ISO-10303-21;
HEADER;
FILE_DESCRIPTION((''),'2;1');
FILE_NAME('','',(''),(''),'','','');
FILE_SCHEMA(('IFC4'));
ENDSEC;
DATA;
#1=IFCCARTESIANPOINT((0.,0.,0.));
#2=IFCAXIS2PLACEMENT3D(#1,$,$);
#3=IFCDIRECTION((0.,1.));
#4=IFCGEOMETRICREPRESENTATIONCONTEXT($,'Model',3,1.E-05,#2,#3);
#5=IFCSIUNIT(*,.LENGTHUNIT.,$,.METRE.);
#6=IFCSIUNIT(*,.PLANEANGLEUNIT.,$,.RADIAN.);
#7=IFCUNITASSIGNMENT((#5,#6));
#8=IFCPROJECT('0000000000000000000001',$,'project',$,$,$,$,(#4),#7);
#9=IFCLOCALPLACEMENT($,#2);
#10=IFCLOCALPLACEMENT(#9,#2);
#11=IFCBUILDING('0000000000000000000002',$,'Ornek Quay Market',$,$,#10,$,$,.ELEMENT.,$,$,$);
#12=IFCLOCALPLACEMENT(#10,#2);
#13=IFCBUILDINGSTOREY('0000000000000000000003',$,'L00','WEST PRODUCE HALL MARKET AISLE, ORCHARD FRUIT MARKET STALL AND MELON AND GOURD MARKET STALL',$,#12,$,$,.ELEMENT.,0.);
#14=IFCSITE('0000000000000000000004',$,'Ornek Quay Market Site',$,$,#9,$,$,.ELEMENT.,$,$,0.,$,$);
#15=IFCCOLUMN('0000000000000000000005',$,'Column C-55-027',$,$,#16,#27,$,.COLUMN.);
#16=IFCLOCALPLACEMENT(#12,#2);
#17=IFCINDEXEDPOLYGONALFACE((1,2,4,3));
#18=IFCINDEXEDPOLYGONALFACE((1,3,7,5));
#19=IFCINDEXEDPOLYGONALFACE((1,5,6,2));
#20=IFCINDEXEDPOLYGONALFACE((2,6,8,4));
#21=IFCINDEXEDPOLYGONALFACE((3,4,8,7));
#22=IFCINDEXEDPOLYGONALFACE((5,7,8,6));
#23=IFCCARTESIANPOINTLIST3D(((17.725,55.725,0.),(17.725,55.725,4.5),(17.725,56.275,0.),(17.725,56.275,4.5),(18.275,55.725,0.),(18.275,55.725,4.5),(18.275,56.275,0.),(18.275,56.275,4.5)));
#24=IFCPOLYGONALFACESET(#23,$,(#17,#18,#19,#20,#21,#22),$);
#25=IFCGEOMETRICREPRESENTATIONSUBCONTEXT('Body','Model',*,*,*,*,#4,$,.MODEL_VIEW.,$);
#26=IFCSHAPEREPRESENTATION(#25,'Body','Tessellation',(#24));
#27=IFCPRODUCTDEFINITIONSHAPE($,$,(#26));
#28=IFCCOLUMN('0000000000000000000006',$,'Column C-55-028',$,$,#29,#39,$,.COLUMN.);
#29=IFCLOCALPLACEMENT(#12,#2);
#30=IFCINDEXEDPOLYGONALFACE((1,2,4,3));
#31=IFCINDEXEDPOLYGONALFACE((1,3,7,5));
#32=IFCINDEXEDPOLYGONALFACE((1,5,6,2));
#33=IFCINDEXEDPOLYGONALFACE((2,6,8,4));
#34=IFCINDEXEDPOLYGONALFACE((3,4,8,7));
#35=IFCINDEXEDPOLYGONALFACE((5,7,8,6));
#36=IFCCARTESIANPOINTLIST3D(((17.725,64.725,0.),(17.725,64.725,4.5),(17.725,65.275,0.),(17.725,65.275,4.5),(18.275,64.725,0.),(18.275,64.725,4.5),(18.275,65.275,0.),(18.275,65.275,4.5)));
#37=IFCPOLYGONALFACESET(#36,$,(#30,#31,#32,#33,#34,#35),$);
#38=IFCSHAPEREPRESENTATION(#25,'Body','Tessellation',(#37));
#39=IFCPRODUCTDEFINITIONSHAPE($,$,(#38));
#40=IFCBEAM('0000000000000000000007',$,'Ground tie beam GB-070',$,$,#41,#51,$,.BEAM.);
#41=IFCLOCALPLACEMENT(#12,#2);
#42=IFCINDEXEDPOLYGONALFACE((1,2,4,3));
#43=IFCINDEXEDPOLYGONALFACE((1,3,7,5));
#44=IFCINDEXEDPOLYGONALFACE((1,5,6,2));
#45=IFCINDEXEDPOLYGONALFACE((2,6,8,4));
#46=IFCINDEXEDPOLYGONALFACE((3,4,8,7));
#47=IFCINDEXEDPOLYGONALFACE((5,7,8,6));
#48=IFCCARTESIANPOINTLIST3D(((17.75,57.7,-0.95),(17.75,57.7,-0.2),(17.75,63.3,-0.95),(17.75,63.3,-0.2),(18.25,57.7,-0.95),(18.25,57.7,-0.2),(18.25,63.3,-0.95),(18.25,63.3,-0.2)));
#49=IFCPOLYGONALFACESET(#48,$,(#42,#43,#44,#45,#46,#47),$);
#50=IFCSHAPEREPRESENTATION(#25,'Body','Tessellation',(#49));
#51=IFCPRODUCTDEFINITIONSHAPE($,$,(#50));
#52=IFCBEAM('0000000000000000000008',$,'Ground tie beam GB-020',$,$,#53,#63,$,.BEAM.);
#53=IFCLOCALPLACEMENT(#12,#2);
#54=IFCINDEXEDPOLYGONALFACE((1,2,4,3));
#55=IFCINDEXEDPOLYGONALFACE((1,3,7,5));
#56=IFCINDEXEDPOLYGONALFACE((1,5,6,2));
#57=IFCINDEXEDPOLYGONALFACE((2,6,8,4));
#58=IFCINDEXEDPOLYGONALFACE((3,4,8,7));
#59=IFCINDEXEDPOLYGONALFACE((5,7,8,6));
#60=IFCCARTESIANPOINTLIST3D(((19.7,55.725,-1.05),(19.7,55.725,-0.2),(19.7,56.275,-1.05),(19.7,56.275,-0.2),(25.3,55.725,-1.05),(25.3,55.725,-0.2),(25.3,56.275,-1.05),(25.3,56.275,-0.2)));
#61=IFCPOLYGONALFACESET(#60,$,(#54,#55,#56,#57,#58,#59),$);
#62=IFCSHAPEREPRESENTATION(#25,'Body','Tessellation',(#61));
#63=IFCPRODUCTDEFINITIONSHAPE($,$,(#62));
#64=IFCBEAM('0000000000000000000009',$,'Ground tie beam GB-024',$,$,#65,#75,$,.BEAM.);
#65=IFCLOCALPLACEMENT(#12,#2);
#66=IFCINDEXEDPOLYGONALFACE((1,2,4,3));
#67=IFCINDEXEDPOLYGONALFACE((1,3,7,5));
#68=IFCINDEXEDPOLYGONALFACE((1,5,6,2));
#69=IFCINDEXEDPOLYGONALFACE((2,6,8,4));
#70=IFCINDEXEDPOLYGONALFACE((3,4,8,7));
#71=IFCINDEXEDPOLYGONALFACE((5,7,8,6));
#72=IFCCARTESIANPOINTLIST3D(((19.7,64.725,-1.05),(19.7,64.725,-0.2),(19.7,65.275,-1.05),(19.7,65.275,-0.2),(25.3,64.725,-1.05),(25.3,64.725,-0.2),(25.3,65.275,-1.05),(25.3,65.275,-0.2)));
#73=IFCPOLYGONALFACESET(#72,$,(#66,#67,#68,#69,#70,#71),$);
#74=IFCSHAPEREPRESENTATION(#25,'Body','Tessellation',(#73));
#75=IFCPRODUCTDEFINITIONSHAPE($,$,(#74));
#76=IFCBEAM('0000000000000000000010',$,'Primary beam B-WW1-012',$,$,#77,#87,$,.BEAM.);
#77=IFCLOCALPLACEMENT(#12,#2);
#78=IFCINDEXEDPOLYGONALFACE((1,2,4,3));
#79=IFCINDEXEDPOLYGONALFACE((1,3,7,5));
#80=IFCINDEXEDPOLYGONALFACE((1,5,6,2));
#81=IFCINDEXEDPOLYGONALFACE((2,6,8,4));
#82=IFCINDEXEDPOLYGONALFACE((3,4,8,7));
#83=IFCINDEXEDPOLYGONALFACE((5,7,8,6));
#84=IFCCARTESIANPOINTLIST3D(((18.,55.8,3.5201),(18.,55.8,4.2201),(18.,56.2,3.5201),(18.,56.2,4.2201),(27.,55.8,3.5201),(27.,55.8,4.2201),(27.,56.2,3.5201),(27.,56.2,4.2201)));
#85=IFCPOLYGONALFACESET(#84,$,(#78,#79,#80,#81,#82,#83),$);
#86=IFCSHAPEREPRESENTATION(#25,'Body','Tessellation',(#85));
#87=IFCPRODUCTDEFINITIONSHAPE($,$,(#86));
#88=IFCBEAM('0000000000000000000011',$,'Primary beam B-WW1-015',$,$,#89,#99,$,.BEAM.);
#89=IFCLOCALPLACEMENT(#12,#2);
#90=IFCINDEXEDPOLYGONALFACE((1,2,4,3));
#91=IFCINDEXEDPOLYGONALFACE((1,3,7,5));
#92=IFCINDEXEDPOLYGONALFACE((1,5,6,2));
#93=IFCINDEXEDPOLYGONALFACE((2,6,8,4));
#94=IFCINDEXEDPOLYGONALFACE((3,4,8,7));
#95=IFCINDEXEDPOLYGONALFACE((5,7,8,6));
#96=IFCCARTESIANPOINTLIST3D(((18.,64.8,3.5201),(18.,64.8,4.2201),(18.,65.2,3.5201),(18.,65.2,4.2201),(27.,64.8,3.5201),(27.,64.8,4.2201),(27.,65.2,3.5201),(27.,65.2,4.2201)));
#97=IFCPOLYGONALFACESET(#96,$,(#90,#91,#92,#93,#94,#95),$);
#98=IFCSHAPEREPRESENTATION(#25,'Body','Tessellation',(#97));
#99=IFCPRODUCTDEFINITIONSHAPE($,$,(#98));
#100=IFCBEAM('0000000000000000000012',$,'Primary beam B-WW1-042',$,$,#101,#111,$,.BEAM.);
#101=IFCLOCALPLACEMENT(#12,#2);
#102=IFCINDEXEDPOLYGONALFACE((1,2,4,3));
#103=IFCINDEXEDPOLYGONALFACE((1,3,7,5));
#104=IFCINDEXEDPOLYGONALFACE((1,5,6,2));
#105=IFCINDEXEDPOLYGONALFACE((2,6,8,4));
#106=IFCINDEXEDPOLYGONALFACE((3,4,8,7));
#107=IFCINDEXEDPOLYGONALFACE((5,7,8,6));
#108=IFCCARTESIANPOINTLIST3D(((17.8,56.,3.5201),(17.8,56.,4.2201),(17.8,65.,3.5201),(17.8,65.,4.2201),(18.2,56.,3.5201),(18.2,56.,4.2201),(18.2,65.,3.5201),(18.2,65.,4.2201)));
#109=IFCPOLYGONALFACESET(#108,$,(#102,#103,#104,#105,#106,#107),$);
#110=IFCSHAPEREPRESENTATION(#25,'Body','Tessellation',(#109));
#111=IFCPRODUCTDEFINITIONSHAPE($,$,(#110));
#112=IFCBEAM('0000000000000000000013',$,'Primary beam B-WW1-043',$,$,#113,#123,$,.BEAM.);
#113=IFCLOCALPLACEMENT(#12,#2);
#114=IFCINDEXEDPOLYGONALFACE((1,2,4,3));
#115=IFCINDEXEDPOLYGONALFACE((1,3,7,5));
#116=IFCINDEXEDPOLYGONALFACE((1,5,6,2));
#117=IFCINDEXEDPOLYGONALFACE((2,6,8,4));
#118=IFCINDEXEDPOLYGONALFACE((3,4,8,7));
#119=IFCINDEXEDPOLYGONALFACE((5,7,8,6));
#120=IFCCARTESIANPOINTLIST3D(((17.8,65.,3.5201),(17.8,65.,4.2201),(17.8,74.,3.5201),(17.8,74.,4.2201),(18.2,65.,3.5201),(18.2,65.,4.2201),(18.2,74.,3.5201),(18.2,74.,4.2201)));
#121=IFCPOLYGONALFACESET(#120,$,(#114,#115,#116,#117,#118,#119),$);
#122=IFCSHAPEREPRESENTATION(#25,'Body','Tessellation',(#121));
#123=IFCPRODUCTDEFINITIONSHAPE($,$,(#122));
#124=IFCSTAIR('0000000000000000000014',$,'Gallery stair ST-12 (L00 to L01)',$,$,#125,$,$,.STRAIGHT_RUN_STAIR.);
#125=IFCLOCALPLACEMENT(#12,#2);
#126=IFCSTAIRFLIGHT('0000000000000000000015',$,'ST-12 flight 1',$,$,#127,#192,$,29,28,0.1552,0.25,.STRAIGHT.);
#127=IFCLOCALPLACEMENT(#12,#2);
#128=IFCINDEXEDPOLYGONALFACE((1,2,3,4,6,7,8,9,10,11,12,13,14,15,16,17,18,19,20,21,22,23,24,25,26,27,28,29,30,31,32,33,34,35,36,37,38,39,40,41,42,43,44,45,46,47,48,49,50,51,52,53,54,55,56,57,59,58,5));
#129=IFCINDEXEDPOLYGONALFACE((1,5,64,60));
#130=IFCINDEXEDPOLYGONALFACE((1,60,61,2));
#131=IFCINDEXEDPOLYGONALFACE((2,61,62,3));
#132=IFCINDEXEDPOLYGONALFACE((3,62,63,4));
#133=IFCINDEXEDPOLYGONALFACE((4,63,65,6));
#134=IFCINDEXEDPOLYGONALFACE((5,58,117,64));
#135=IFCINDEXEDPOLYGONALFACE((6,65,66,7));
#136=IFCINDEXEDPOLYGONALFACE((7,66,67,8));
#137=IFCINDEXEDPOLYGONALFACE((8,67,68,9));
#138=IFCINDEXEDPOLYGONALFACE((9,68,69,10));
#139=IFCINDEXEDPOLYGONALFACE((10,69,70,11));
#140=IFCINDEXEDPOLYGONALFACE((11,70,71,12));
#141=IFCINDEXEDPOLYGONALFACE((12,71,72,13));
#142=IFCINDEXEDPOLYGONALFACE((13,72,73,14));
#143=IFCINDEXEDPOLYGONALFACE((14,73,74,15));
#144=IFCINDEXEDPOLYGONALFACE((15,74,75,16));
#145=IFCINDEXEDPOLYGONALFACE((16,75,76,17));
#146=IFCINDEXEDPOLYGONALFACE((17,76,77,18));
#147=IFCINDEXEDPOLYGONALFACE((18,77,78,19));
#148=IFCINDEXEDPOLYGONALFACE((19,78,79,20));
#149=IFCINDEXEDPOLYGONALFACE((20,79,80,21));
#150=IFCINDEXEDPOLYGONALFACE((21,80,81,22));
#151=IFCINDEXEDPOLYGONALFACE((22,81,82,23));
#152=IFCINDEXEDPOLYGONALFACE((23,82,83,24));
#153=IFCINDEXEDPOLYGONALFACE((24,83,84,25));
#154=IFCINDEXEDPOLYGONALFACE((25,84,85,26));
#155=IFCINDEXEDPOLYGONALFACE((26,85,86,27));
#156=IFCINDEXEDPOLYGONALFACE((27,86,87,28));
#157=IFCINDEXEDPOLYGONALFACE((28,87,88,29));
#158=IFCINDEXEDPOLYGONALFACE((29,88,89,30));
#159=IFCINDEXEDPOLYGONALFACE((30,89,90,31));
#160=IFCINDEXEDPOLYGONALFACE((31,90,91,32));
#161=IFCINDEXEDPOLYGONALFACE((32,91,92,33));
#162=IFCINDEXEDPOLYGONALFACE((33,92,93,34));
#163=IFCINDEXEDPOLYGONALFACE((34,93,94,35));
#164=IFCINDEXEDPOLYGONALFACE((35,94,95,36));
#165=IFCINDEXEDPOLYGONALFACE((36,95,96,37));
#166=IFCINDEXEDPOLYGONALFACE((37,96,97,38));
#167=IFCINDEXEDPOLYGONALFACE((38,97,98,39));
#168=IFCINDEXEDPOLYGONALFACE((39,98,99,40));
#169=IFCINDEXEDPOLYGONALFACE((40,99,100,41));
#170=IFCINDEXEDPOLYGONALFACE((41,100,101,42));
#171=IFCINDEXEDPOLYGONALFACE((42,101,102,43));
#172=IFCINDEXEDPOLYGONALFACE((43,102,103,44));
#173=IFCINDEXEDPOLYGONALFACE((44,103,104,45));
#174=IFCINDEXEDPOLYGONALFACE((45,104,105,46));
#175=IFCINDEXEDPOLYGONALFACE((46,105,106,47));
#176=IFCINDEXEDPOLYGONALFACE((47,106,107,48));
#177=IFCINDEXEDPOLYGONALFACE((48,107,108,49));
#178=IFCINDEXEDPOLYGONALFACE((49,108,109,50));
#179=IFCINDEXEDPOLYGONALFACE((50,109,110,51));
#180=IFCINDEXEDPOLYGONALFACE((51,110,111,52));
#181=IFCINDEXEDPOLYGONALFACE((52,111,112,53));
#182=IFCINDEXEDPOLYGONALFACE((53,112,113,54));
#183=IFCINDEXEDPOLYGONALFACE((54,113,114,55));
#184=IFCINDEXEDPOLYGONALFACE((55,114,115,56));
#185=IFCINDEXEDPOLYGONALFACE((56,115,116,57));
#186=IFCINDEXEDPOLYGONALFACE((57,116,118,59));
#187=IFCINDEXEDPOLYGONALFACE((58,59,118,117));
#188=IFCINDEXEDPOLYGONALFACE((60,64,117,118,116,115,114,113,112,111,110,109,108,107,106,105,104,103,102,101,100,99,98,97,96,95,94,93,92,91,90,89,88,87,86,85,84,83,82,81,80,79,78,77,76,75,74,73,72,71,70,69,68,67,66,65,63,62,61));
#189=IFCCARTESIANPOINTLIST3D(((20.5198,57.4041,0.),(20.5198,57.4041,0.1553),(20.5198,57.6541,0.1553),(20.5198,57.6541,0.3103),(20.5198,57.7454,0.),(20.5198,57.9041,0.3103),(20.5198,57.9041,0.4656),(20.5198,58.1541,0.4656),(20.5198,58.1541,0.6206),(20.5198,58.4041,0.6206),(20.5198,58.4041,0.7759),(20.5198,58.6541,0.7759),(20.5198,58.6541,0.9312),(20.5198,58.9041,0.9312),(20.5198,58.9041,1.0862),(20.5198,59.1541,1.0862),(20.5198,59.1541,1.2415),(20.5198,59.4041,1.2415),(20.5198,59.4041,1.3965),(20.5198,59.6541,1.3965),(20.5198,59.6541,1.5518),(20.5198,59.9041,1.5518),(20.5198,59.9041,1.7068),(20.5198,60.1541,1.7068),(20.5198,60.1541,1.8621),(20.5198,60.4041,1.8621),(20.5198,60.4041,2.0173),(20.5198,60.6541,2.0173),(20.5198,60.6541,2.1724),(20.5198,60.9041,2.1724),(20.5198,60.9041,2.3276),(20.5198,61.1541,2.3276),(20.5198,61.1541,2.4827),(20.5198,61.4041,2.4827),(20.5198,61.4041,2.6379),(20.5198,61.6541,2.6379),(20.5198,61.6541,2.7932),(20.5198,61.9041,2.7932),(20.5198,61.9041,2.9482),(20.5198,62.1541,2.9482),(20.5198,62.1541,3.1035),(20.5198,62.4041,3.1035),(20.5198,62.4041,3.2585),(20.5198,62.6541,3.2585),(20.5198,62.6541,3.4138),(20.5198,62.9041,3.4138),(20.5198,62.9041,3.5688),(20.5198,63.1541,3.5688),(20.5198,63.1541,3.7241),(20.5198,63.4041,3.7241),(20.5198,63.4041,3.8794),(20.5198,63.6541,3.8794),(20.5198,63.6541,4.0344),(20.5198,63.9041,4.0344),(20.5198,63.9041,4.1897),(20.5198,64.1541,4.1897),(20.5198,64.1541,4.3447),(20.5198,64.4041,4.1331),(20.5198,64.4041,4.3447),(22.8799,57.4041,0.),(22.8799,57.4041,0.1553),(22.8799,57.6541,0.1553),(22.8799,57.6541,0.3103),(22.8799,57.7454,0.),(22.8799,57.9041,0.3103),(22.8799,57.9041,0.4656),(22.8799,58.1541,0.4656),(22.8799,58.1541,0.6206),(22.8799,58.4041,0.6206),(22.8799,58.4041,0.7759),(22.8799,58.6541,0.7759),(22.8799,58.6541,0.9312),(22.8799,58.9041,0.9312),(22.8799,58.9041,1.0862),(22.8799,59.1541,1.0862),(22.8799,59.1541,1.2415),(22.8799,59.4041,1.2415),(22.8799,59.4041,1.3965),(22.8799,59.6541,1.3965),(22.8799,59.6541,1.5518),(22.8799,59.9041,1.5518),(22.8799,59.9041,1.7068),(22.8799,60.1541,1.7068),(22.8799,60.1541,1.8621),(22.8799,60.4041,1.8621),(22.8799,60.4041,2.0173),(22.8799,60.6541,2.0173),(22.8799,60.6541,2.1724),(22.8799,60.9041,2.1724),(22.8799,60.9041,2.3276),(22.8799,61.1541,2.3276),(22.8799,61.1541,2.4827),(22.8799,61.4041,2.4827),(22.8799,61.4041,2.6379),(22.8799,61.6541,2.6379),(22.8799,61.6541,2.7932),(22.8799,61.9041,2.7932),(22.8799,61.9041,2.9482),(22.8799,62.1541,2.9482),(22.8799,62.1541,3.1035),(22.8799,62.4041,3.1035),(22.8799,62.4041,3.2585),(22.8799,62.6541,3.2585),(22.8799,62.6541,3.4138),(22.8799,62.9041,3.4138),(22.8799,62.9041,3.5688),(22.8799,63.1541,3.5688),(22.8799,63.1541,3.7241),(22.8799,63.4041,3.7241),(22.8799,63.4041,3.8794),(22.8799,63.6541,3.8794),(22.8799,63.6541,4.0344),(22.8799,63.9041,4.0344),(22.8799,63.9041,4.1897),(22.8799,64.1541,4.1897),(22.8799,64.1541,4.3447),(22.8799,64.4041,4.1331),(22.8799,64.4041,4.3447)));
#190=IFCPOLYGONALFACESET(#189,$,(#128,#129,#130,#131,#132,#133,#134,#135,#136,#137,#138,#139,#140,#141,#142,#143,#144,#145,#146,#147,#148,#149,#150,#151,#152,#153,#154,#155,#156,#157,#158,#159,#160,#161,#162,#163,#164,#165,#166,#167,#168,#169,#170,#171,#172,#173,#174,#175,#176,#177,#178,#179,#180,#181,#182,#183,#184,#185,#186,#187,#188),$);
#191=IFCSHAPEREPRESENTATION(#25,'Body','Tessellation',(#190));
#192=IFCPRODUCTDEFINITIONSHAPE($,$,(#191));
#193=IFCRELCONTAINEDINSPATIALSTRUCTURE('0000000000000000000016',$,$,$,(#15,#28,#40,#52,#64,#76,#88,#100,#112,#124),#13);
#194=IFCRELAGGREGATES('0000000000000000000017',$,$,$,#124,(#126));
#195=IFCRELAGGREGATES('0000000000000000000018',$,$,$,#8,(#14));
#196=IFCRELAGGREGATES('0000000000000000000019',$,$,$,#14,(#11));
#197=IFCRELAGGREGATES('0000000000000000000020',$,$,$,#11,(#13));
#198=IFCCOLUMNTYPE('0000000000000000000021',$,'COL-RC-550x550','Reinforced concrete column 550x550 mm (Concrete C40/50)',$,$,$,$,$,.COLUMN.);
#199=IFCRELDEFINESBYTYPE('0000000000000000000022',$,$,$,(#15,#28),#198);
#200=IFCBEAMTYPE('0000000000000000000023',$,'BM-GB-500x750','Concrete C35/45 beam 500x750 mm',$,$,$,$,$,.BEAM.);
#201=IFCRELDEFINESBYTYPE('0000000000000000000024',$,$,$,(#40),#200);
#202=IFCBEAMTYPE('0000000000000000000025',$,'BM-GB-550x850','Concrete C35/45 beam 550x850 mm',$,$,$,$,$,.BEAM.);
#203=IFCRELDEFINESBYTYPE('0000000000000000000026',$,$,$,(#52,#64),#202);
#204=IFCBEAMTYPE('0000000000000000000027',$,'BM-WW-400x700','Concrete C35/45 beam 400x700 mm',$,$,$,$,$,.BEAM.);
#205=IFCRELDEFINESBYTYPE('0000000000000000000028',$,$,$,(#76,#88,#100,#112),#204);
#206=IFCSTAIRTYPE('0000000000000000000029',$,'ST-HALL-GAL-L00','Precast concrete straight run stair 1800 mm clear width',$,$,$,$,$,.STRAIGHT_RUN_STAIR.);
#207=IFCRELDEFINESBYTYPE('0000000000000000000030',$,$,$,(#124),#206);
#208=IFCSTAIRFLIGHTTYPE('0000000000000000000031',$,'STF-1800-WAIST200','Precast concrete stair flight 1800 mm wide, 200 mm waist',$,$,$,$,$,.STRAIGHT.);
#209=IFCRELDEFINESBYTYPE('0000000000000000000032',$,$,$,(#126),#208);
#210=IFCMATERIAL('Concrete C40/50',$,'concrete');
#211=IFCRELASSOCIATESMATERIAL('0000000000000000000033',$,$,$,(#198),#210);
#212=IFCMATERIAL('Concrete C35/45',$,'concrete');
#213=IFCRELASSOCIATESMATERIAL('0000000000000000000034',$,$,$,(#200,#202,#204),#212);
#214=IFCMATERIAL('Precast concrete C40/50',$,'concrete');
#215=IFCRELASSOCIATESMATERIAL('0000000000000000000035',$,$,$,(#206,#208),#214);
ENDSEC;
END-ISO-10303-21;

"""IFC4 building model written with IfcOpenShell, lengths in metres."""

from ifc_helpers import new_model, si_unit, direction, frame, origin, origin_2d, place, context, subcontext, project, spatial, polyline, rectangle, outline, extrude, material, material_profile, profile_set, type_object, element, aggregate, save


model = new_model("IFC4")

# Units and contexts
model_context = context("Model", 3, precision=1e-05, world=origin(), true_north=direction((0.0, 1.0)))
body_context = subcontext(model_context, "Body", "Model", "MODEL_VIEW")
ifc_project = project(units=[si_unit("LENGTHUNIT", "METRE"), si_unit("PLANEANGLEUNIT", "RADIAN")], contexts=[model_context])

# Site, building, storey
site_placement = place(None, origin())
site = spatial("IfcSite", under=ifc_project, at=site_placement, Name="Ornek Quay Market Site", CompositionType="ELEMENT", RefElevation=0.0)
building_placement = place(site_placement, origin())
building = spatial("IfcBuilding", under=site, at=building_placement, Name="Ornek Quay Market", CompositionType="ELEMENT")
storey_placement = place(building_placement, origin())
storey = spatial("IfcBuildingStorey", under=building, at=storey_placement, Name="L00", Description="WEST PRODUCE HALL MARKET AISLE, ORCHARD FRUIT MARKET STALL AND MELON AND GOURD MARKET STALL", CompositionType="ELEMENT", Elevation=0.0)

# Shared definitions
ifc_material_1 = material(Name="Concrete C35/45", Category="concrete")

# Columns
ifc_material_2 = material(Name="Concrete C40/50", Category="concrete")
ifc_material_profile_1 = material_profile(ifc_material_2, rectangle(XDim=0.55, YDim=0.55, at=origin_2d()), Name="RC 550x550", Category="concrete")
ifc_profile_set_1 = profile_set([ifc_material_profile_1], Name="Concrete C40/50")
column_type = type_object("IfcColumnType", Name="COL-RC-550x550", Description="Reinforced concrete column 550x550 mm (Concrete C40/50)", PredefinedType="COLUMN", material=ifc_profile_set_1)
for number, where, z_axis, x_axis, name in (
    (1, (18.0, 56.0, 0.0), (0.0, 0.0, 1.0), (1.0, 0.0, 0.0), "Column C-55-027"),
    (2, (18.0, 65.0, 0.0), (0.0, 0.0, 1.0), (1.0, 0.0, 0.0), "Column C-55-028"),
):
    element("IfcColumn", number, at=place(storey_placement, frame(where, z_axis=z_axis, x_axis=x_axis)), inside=storey, type_object=column_type, Name=name, PredefinedType="COLUMN", context=body_context, shape_type="SweptSolid", body=[
        extrude(rectangle(XDim=0.55, YDim=0.55, at=origin_2d()), origin(), (0.0, 0.0, 1.0), 4.5),
    ])

# Beams
ifc_material_profile_2 = material_profile(ifc_material_1, rectangle(XDim=0.5, YDim=0.75, at=origin_2d()), Name="RC 500x750", Category="concrete")
ifc_profile_set_2 = profile_set([ifc_material_profile_2], Name="Concrete C35/45")
beam_type_1 = type_object("IfcBeamType", Name="BM-GB-500x750", Description="Concrete C35/45 beam 500x750 mm", PredefinedType="BEAM", material=ifc_profile_set_2)
beam_placement = place(storey_placement, frame((18.0, 57.7, -0.575), z_axis=(0.0, 1.0, 0.0), x_axis=(-1.0, 0.0, 0.0)))
element("IfcBeam", 3, at=beam_placement, inside=storey, type_object=beam_type_1, Name="Ground tie beam GB-070", PredefinedType="BEAM", context=body_context, shape_type="SweptSolid", body=[
    extrude(rectangle(XDim=0.5, YDim=0.75, at=origin_2d()), origin(), (0.0, 0.0, 1.0), 5.6001),
])
ifc_material_profile_3 = material_profile(ifc_material_1, rectangle(XDim=0.55, YDim=0.8501, at=origin_2d()), Name="RC 550x850", Category="concrete")
ifc_profile_set_3 = profile_set([ifc_material_profile_3], Name="Concrete C35/45")
beam_type_2 = type_object("IfcBeamType", Name="BM-GB-550x850", Description="Concrete C35/45 beam 550x850 mm", PredefinedType="BEAM", material=ifc_profile_set_3)
for number, where, z_axis, x_axis, name in (
    (4, (19.7, 56.0, -0.625), (1.0, 0.0, 0.0), (0.0, 1.0, 0.0), "Ground tie beam GB-020"),
    (5, (19.7, 65.0, -0.625), (1.0, 0.0, 0.0), (0.0, 1.0, 0.0), "Ground tie beam GB-024"),
):
    element("IfcBeam", number, at=place(storey_placement, frame(where, z_axis=z_axis, x_axis=x_axis)), inside=storey, type_object=beam_type_2, Name=name, PredefinedType="BEAM", context=body_context, shape_type="SweptSolid", body=[
        extrude(rectangle(XDim=0.55, YDim=0.8501, at=origin_2d()), origin(), (0.0, 0.0, 1.0), 5.6001),
    ])
ifc_material_profile_4 = material_profile(ifc_material_1, rectangle(XDim=0.3999, YDim=0.7, at=origin_2d()), Name="RC 400x700", Category="concrete")
ifc_profile_set_4 = profile_set([ifc_material_profile_4], Name="Concrete C35/45")
beam_type_3 = type_object("IfcBeamType", Name="BM-WW-400x700", Description="Concrete C35/45 beam 400x700 mm", PredefinedType="BEAM", material=ifc_profile_set_4)
for number, where, z_axis, x_axis, name in (
    (6, (18.0, 56.0, 3.8701), (1.0, 0.0, 0.0), (0.0, 1.0, 0.0), "Primary beam B-WW1-012"),
    (7, (18.0, 65.0, 3.8701), (1.0, 0.0, 0.0), (0.0, 1.0, 0.0), "Primary beam B-WW1-015"),
    (8, (18.0, 56.0, 3.8701), (0.0, 1.0, 0.0), (-1.0, 0.0, 0.0), "Primary beam B-WW1-042"),
    (9, (18.0, 65.0, 3.8701), (0.0, 1.0, 0.0), (-1.0, 0.0, 0.0), "Primary beam B-WW1-043"),
):
    element("IfcBeam", number, at=place(storey_placement, frame(where, z_axis=z_axis, x_axis=x_axis)), inside=storey, type_object=beam_type_3, Name=name, PredefinedType="BEAM", context=body_context, shape_type="SweptSolid", body=[
        extrude(rectangle(XDim=0.3999, YDim=0.7, at=origin_2d()), origin(), (0.0, 0.0, 1.0), 9.0),
    ])

# Stair, stair flight
ifc_material_3 = material(Name="Precast concrete C40/50", Category="concrete")
stair_type = type_object("IfcStairType", Name="ST-HALL-GAL-L00", Description="Precast concrete straight run stair 1800 mm clear width", PredefinedType="STRAIGHT_RUN_STAIR", material=ifc_material_3)
stair_placement = place(storey_placement, origin())
stair = element("IfcStair", 10, at=stair_placement, inside=storey, type_object=stair_type, Name="Gallery stair ST-12 (L00 to L01)", PredefinedType="STRAIGHT_RUN_STAIR")
stair_flight_type = type_object("IfcStairFlightType", Name="STF-1800-WAIST200", Description="Precast concrete stair flight 1800 mm wide, 200 mm waist", PredefinedType="STRAIGHT", material=ifc_material_3)
stair_flight_placement = place(storey_placement, frame((21.7, 57.4041, 0.0), z_axis=(0.0, 0.0, 1.0), x_axis=(0.0, 1.0, 0.0)))
stair_flight = element("IfcStairFlight", 11, at=stair_flight_placement, type_object=stair_flight_type, Name="ST-12 flight 1", NumberOfRisers=29, NumberOfTreads=28, PredefinedType="STRAIGHT", RiserHeight=0.1552, TreadLength=0.25, context=body_context, shape_type="SweptSolid", body=[
    extrude(outline(polyline([(0.0, 0.0), (0.0, 0.1553), (0.25, 0.1553), (0.25, 0.3103), (0.5, 0.3103), (0.5, 0.4656), (0.75, 0.4656), (0.75, 0.6206), (1.0, 0.6206), (1.0, 0.7759), (1.25, 0.7759), (1.25, 0.9312), (1.5, 0.9312), (1.5, 1.0862), (1.75, 1.0862), (1.75, 1.2415), (2.0, 1.2415), (2.0, 1.3965), (2.25, 1.3965), (2.25, 1.5518), (2.5, 1.5518), (2.5, 1.7068), (2.75, 1.7068), (2.75, 1.8621), (3.0, 1.8621), (3.0, 2.0173), (3.25, 2.0173), (3.25, 2.1724), (3.5, 2.1724), (3.5, 2.3276), (3.75, 2.3276), (3.75, 2.4827), (4.0, 2.4827), (4.0, 2.6379), (4.25, 2.6379), (4.25, 2.7932), (4.5, 2.7932), (4.5, 2.9482), (4.75, 2.9482), (4.75, 3.1035), (5.0, 3.1035), (5.0, 3.2585), (5.25, 3.2585), (5.25, 3.4138), (5.5, 3.4138), (5.5, 3.5688), (5.75, 3.5688), (5.75, 3.7241), (6.0, 3.7241), (6.0, 3.8794), (6.25, 3.8794), (6.25, 4.0344), (6.5, 4.0344), (6.5, 4.1897), (6.75, 4.1897), (6.75, 4.3447), (7.0, 4.3447), (7.0, 4.5), (7.0, 4.1331), (0.3413, 0.0), (0.0, 0.0)])), frame((0.0, 1.1802, 0.0), z_axis=(0.0, -1.0, 0.0), x_axis=(1.0, 0.0, 0.0)), (0.0, 0.0, 1.0), 2.3601),
])
aggregate(stair, [stair_flight])

save(model, "model.ifc")
